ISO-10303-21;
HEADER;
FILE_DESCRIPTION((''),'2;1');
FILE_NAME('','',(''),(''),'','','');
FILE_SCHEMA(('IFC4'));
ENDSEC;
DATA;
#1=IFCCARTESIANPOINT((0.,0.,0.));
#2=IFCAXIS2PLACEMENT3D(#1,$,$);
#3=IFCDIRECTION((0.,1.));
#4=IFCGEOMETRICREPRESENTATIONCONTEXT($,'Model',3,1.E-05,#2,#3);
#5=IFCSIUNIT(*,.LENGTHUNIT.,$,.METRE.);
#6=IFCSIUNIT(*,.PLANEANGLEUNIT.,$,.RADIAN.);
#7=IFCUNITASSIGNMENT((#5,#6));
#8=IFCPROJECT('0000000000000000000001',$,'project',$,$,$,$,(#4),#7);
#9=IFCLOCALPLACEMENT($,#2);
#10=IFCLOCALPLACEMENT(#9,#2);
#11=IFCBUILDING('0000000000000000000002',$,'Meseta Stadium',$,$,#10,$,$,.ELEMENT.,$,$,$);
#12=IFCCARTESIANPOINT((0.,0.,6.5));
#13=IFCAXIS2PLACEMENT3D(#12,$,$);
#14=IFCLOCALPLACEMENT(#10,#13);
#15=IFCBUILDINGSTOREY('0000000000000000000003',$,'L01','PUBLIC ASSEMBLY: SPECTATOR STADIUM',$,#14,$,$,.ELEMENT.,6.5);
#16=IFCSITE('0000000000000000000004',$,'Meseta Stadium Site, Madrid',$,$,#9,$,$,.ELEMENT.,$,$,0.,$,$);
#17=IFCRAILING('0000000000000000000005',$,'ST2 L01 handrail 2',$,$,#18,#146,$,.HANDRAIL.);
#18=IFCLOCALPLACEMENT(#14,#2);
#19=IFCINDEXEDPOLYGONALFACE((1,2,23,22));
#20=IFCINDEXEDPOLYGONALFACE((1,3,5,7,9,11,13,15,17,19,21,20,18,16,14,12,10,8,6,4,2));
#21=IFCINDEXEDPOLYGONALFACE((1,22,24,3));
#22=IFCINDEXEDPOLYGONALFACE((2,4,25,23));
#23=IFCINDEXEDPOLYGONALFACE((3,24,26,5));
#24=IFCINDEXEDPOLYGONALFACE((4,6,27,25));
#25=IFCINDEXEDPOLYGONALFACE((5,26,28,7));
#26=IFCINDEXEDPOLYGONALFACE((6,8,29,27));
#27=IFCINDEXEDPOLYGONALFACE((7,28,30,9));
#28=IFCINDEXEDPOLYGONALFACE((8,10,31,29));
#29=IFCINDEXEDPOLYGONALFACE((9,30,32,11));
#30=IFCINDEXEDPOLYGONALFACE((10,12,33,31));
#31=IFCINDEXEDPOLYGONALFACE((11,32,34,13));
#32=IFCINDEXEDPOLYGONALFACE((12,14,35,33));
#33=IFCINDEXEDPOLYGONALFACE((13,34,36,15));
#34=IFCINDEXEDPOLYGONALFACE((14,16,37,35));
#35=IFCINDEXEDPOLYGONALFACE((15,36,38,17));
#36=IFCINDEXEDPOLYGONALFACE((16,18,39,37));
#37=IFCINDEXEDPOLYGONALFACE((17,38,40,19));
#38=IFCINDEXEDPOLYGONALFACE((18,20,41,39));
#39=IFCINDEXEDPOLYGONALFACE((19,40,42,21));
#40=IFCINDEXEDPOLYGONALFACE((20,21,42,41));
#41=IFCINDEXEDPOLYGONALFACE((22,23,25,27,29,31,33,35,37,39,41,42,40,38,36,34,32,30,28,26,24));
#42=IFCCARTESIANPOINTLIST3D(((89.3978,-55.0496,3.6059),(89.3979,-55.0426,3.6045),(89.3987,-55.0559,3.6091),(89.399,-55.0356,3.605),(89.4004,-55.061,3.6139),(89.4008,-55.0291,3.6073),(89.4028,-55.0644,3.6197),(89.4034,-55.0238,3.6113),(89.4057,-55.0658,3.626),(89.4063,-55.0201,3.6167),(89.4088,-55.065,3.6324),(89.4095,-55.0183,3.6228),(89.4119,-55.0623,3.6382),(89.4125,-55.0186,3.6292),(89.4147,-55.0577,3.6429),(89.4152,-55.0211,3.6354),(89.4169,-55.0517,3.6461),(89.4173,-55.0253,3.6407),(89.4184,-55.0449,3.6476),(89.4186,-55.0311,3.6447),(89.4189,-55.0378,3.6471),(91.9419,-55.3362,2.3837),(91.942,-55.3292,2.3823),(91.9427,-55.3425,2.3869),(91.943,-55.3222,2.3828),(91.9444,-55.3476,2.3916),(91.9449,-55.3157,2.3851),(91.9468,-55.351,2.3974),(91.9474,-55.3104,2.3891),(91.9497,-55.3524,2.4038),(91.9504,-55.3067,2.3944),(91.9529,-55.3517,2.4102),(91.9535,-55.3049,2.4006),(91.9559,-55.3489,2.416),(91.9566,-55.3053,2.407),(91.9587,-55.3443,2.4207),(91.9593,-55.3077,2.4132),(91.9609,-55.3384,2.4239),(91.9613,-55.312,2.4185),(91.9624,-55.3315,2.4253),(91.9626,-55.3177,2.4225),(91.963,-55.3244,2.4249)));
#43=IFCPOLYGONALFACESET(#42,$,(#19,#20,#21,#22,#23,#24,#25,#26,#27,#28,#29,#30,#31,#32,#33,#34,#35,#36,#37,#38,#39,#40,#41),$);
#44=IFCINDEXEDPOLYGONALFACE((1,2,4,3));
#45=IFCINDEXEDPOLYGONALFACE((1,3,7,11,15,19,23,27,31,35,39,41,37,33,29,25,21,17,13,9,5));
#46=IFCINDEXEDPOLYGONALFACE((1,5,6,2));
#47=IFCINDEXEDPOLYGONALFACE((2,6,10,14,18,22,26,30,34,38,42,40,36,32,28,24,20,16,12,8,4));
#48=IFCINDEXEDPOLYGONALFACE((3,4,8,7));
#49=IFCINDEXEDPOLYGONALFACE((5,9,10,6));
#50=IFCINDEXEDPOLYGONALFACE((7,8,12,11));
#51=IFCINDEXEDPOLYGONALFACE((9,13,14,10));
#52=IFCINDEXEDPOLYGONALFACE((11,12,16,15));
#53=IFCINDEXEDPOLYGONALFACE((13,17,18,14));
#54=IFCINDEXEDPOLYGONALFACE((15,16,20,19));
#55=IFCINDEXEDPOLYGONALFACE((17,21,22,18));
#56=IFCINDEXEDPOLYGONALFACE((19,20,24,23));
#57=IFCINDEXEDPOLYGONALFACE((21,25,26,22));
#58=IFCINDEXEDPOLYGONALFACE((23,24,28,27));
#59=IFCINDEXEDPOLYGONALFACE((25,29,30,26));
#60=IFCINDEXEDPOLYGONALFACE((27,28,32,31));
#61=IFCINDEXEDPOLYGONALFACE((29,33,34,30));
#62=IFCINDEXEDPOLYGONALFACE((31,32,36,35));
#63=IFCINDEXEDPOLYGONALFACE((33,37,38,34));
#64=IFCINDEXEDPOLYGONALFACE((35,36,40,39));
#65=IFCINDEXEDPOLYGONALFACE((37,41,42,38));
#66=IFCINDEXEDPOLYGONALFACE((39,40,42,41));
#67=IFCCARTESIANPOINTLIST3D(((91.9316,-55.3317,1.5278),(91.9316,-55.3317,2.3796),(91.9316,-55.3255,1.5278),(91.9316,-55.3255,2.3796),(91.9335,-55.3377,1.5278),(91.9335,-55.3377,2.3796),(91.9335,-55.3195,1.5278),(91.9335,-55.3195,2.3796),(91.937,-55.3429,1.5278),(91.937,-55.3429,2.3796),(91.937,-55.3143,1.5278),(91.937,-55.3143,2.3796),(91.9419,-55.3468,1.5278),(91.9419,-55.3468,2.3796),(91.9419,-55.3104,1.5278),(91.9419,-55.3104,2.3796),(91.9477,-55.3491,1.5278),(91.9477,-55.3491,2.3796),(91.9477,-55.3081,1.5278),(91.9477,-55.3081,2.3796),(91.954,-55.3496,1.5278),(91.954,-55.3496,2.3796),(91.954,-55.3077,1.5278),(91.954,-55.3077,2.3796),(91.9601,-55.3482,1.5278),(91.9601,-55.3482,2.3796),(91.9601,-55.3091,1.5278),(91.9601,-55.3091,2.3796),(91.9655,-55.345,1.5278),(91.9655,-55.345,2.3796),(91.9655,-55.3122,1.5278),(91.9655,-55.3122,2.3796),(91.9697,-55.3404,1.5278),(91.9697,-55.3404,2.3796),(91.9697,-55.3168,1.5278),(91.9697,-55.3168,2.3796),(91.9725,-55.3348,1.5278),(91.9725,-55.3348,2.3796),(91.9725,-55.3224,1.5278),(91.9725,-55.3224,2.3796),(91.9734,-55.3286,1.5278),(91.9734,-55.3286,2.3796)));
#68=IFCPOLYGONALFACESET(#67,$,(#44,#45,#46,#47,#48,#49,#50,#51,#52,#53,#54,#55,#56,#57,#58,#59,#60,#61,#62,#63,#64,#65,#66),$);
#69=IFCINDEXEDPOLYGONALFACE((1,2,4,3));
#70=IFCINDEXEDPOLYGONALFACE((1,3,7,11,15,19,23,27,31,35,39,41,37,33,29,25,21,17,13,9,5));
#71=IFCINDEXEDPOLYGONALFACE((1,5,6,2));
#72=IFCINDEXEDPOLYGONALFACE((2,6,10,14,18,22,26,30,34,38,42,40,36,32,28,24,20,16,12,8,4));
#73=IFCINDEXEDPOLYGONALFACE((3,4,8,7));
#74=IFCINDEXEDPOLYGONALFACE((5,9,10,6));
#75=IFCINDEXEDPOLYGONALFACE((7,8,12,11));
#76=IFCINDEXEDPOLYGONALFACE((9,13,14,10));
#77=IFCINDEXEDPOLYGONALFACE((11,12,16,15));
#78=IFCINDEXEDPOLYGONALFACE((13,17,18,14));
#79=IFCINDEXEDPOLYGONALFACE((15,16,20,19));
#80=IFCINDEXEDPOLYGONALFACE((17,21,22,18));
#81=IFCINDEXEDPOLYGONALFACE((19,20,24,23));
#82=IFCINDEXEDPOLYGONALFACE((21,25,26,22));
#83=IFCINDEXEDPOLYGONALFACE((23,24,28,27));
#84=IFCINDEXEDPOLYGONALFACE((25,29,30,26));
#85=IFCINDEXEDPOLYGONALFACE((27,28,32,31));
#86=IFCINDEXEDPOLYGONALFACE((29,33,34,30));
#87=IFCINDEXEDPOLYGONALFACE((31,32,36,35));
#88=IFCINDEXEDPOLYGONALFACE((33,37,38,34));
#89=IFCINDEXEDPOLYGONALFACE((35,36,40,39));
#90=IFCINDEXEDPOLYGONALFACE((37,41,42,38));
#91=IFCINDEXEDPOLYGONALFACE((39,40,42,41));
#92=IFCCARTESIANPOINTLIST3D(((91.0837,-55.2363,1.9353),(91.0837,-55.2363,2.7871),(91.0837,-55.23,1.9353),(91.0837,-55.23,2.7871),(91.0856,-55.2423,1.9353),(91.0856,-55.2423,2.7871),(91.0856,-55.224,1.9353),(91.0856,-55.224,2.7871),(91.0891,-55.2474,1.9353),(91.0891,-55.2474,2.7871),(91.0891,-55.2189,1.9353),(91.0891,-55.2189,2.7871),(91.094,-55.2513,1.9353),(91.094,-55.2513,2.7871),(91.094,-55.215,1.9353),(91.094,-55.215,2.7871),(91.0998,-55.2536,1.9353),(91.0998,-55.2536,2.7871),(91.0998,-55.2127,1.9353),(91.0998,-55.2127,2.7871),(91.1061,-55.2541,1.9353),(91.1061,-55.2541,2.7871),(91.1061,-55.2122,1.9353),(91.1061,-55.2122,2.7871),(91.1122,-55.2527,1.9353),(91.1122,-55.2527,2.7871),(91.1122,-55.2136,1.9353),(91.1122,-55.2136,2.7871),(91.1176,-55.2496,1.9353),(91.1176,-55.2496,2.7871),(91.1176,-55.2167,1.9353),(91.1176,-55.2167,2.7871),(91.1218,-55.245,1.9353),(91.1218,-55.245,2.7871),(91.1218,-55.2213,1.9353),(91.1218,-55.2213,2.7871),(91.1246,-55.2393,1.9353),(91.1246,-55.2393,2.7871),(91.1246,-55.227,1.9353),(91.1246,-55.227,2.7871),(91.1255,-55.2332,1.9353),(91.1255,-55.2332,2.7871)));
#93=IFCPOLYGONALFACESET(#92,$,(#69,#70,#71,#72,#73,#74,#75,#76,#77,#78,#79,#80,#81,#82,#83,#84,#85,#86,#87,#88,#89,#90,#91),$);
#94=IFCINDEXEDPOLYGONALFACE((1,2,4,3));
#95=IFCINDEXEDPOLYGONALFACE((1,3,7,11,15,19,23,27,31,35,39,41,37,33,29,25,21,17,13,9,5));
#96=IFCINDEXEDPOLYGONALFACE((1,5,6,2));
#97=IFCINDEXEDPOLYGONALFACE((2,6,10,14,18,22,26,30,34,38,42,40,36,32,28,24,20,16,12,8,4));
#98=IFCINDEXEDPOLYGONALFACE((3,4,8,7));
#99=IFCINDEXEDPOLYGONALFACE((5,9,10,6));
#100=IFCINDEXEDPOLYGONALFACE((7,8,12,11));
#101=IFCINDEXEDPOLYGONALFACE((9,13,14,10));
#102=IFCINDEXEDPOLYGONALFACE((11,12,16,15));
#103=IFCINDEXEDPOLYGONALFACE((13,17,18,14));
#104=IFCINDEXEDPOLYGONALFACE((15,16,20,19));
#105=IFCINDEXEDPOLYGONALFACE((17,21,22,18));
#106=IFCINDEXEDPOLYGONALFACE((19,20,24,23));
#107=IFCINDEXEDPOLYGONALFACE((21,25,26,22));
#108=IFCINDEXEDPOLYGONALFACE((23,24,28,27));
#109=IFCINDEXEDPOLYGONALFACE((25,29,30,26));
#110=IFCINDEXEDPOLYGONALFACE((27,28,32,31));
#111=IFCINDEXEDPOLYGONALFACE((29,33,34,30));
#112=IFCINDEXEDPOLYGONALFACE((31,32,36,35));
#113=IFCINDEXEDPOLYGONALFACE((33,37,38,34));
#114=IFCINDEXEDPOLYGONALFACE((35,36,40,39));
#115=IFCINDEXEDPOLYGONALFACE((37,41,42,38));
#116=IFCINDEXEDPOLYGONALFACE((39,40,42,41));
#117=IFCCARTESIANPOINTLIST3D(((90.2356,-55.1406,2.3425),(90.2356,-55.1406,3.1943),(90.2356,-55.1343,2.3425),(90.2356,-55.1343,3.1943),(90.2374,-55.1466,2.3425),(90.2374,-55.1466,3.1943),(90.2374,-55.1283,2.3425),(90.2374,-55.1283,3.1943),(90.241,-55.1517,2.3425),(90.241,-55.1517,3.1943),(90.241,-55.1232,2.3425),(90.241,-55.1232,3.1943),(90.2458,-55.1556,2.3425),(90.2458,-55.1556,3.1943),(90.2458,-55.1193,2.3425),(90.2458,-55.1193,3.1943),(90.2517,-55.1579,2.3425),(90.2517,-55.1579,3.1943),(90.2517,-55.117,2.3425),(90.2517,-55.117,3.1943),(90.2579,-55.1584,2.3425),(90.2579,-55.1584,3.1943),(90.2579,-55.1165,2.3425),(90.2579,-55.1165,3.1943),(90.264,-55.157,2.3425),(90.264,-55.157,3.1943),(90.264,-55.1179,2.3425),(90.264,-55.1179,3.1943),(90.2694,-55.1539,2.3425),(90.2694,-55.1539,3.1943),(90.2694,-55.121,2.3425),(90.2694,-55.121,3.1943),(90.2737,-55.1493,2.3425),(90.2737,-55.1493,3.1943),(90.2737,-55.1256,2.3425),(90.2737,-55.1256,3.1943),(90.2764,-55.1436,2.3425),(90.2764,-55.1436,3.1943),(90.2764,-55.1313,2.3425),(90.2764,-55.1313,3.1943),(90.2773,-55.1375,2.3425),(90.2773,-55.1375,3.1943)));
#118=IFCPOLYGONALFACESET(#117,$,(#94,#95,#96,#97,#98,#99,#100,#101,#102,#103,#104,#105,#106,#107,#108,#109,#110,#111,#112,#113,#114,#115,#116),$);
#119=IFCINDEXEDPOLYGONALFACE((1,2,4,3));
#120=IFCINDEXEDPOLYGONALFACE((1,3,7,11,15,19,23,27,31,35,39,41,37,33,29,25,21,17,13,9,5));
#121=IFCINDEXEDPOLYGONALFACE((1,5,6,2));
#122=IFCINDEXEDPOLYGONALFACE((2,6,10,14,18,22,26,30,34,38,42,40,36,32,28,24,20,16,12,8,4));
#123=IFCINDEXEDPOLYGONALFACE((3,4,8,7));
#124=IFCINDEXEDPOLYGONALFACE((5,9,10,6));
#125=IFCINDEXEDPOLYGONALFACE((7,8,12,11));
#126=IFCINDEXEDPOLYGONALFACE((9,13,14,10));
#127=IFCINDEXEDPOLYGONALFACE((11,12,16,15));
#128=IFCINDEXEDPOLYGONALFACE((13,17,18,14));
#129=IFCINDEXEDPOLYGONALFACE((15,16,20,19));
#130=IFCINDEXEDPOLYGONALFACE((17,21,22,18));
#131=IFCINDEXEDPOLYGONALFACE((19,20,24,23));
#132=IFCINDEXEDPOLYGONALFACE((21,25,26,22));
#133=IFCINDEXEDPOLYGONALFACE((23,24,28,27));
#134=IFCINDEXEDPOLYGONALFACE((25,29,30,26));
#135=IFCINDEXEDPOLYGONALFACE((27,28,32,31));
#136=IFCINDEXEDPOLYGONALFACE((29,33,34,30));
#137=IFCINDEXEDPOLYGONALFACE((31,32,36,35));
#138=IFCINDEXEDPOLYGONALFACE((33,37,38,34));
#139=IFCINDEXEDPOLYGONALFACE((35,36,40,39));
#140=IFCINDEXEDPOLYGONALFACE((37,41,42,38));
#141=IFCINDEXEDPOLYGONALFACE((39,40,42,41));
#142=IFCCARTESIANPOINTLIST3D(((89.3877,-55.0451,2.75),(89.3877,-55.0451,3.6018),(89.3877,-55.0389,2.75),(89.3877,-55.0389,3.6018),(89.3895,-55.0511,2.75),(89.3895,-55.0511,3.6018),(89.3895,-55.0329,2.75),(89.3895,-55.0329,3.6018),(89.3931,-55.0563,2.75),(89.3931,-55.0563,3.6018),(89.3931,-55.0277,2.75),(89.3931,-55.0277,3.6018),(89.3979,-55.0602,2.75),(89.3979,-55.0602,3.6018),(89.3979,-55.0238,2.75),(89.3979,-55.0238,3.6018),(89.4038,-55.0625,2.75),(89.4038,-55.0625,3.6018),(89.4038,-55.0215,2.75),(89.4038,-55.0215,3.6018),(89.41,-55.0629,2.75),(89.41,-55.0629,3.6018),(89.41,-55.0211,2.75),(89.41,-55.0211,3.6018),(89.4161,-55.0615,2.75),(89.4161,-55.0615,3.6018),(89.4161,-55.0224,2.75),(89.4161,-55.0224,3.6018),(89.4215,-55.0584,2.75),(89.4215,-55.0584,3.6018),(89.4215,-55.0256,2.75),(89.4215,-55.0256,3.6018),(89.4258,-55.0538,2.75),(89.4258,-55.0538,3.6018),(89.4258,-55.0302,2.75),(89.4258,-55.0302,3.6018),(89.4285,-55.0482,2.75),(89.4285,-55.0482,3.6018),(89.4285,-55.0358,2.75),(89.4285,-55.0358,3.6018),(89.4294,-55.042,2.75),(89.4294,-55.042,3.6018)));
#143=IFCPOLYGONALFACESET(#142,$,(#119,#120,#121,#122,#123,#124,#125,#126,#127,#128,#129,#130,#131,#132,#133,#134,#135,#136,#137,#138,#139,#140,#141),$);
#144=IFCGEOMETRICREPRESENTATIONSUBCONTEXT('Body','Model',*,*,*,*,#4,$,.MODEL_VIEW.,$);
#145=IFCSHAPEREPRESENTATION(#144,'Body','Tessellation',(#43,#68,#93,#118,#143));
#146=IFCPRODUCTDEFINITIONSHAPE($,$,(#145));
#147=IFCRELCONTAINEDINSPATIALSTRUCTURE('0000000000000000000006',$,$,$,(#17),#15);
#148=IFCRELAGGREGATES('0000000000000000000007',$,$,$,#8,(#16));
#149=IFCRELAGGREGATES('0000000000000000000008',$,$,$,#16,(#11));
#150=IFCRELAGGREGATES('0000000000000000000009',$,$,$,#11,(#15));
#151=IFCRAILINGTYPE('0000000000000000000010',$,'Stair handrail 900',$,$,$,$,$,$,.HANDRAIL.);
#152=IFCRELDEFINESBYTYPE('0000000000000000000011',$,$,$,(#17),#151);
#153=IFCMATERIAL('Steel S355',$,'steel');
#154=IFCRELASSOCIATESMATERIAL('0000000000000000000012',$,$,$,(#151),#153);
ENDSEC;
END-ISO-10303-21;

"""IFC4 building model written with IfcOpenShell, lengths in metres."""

from ifc_helpers import new_model, si_unit, direction, frame, origin, origin_2d, place, context, subcontext, project, spatial, circle, extrude, material, type_object, element, save


model = new_model("IFC4")

# Units and contexts
model_context = context("Model", 3, precision=1e-05, world=origin(), true_north=direction((0.0, 1.0)))
body_context = subcontext(model_context, "Body", "Model", "MODEL_VIEW")
ifc_project = project(units=[si_unit("LENGTHUNIT", "METRE"), si_unit("PLANEANGLEUNIT", "RADIAN")], contexts=[model_context])

# Site, building, storey
site_placement = place(None, origin())
site = spatial("IfcSite", under=ifc_project, at=site_placement, Name="Meseta Stadium Site, Madrid", CompositionType="ELEMENT", RefElevation=0.0)
building_placement = place(site_placement, origin())
building = spatial("IfcBuilding", under=site, at=building_placement, Name="Meseta Stadium", CompositionType="ELEMENT")
storey_placement = place(building_placement, frame((0.0, 0.0, 6.5)))
storey = spatial("IfcBuildingStorey", under=building, at=storey_placement, Name="L01", Description="PUBLIC ASSEMBLY: SPECTATOR STADIUM", CompositionType="ELEMENT", Elevation=6.5)

# Railing
ifc_material_1 = material(Name="Steel S355", Category="steel")
railing_type_1 = type_object("IfcRailingType", Name="Stair handrail 900", PredefinedType="HANDRAIL", material=ifc_material_1)
for number, where, name in (
    (1, (91.9524, -55.3286, 1.5278), "ST2 L01 handrail 2"),
):
    element("IfcRailing", number, at=place(storey_placement, frame(where)), inside=storey, type_object=railing_type_1, Name=name, PredefinedType="HANDRAIL", context=body_context, shape_type="SweptSolid", body=[
        extrude(circle(Radius=0.0239, at=origin_2d()), frame((0.0, 0.0, 0.876), z_axis=(-0.896762, 0.101036, 0.430824), x_axis=(-0.11196, -0.993713, 0.0)), (0.0, 0.0, 1.0), 2.8369),
        extrude(circle(Radius=0.021, at=origin_2d()), origin(), (0.0, 0.0, 1.0), 0.8518),
        extrude(circle(Radius=0.021, at=origin_2d()), frame((-0.8479, 0.0955, 0.4075)), (0.0, 0.0, 1.0), 0.8518),
        extrude(circle(Radius=0.021, at=origin_2d()), frame((-1.696, 0.1912, 0.8147)), (0.0, 0.0, 1.0), 0.8518),
        extrude(circle(Radius=0.021, at=origin_2d()), frame((-2.5439, 0.2866, 1.2222)), (0.0, 0.0, 1.0), 0.8518),
    ])

save(model, "model.ifc")
